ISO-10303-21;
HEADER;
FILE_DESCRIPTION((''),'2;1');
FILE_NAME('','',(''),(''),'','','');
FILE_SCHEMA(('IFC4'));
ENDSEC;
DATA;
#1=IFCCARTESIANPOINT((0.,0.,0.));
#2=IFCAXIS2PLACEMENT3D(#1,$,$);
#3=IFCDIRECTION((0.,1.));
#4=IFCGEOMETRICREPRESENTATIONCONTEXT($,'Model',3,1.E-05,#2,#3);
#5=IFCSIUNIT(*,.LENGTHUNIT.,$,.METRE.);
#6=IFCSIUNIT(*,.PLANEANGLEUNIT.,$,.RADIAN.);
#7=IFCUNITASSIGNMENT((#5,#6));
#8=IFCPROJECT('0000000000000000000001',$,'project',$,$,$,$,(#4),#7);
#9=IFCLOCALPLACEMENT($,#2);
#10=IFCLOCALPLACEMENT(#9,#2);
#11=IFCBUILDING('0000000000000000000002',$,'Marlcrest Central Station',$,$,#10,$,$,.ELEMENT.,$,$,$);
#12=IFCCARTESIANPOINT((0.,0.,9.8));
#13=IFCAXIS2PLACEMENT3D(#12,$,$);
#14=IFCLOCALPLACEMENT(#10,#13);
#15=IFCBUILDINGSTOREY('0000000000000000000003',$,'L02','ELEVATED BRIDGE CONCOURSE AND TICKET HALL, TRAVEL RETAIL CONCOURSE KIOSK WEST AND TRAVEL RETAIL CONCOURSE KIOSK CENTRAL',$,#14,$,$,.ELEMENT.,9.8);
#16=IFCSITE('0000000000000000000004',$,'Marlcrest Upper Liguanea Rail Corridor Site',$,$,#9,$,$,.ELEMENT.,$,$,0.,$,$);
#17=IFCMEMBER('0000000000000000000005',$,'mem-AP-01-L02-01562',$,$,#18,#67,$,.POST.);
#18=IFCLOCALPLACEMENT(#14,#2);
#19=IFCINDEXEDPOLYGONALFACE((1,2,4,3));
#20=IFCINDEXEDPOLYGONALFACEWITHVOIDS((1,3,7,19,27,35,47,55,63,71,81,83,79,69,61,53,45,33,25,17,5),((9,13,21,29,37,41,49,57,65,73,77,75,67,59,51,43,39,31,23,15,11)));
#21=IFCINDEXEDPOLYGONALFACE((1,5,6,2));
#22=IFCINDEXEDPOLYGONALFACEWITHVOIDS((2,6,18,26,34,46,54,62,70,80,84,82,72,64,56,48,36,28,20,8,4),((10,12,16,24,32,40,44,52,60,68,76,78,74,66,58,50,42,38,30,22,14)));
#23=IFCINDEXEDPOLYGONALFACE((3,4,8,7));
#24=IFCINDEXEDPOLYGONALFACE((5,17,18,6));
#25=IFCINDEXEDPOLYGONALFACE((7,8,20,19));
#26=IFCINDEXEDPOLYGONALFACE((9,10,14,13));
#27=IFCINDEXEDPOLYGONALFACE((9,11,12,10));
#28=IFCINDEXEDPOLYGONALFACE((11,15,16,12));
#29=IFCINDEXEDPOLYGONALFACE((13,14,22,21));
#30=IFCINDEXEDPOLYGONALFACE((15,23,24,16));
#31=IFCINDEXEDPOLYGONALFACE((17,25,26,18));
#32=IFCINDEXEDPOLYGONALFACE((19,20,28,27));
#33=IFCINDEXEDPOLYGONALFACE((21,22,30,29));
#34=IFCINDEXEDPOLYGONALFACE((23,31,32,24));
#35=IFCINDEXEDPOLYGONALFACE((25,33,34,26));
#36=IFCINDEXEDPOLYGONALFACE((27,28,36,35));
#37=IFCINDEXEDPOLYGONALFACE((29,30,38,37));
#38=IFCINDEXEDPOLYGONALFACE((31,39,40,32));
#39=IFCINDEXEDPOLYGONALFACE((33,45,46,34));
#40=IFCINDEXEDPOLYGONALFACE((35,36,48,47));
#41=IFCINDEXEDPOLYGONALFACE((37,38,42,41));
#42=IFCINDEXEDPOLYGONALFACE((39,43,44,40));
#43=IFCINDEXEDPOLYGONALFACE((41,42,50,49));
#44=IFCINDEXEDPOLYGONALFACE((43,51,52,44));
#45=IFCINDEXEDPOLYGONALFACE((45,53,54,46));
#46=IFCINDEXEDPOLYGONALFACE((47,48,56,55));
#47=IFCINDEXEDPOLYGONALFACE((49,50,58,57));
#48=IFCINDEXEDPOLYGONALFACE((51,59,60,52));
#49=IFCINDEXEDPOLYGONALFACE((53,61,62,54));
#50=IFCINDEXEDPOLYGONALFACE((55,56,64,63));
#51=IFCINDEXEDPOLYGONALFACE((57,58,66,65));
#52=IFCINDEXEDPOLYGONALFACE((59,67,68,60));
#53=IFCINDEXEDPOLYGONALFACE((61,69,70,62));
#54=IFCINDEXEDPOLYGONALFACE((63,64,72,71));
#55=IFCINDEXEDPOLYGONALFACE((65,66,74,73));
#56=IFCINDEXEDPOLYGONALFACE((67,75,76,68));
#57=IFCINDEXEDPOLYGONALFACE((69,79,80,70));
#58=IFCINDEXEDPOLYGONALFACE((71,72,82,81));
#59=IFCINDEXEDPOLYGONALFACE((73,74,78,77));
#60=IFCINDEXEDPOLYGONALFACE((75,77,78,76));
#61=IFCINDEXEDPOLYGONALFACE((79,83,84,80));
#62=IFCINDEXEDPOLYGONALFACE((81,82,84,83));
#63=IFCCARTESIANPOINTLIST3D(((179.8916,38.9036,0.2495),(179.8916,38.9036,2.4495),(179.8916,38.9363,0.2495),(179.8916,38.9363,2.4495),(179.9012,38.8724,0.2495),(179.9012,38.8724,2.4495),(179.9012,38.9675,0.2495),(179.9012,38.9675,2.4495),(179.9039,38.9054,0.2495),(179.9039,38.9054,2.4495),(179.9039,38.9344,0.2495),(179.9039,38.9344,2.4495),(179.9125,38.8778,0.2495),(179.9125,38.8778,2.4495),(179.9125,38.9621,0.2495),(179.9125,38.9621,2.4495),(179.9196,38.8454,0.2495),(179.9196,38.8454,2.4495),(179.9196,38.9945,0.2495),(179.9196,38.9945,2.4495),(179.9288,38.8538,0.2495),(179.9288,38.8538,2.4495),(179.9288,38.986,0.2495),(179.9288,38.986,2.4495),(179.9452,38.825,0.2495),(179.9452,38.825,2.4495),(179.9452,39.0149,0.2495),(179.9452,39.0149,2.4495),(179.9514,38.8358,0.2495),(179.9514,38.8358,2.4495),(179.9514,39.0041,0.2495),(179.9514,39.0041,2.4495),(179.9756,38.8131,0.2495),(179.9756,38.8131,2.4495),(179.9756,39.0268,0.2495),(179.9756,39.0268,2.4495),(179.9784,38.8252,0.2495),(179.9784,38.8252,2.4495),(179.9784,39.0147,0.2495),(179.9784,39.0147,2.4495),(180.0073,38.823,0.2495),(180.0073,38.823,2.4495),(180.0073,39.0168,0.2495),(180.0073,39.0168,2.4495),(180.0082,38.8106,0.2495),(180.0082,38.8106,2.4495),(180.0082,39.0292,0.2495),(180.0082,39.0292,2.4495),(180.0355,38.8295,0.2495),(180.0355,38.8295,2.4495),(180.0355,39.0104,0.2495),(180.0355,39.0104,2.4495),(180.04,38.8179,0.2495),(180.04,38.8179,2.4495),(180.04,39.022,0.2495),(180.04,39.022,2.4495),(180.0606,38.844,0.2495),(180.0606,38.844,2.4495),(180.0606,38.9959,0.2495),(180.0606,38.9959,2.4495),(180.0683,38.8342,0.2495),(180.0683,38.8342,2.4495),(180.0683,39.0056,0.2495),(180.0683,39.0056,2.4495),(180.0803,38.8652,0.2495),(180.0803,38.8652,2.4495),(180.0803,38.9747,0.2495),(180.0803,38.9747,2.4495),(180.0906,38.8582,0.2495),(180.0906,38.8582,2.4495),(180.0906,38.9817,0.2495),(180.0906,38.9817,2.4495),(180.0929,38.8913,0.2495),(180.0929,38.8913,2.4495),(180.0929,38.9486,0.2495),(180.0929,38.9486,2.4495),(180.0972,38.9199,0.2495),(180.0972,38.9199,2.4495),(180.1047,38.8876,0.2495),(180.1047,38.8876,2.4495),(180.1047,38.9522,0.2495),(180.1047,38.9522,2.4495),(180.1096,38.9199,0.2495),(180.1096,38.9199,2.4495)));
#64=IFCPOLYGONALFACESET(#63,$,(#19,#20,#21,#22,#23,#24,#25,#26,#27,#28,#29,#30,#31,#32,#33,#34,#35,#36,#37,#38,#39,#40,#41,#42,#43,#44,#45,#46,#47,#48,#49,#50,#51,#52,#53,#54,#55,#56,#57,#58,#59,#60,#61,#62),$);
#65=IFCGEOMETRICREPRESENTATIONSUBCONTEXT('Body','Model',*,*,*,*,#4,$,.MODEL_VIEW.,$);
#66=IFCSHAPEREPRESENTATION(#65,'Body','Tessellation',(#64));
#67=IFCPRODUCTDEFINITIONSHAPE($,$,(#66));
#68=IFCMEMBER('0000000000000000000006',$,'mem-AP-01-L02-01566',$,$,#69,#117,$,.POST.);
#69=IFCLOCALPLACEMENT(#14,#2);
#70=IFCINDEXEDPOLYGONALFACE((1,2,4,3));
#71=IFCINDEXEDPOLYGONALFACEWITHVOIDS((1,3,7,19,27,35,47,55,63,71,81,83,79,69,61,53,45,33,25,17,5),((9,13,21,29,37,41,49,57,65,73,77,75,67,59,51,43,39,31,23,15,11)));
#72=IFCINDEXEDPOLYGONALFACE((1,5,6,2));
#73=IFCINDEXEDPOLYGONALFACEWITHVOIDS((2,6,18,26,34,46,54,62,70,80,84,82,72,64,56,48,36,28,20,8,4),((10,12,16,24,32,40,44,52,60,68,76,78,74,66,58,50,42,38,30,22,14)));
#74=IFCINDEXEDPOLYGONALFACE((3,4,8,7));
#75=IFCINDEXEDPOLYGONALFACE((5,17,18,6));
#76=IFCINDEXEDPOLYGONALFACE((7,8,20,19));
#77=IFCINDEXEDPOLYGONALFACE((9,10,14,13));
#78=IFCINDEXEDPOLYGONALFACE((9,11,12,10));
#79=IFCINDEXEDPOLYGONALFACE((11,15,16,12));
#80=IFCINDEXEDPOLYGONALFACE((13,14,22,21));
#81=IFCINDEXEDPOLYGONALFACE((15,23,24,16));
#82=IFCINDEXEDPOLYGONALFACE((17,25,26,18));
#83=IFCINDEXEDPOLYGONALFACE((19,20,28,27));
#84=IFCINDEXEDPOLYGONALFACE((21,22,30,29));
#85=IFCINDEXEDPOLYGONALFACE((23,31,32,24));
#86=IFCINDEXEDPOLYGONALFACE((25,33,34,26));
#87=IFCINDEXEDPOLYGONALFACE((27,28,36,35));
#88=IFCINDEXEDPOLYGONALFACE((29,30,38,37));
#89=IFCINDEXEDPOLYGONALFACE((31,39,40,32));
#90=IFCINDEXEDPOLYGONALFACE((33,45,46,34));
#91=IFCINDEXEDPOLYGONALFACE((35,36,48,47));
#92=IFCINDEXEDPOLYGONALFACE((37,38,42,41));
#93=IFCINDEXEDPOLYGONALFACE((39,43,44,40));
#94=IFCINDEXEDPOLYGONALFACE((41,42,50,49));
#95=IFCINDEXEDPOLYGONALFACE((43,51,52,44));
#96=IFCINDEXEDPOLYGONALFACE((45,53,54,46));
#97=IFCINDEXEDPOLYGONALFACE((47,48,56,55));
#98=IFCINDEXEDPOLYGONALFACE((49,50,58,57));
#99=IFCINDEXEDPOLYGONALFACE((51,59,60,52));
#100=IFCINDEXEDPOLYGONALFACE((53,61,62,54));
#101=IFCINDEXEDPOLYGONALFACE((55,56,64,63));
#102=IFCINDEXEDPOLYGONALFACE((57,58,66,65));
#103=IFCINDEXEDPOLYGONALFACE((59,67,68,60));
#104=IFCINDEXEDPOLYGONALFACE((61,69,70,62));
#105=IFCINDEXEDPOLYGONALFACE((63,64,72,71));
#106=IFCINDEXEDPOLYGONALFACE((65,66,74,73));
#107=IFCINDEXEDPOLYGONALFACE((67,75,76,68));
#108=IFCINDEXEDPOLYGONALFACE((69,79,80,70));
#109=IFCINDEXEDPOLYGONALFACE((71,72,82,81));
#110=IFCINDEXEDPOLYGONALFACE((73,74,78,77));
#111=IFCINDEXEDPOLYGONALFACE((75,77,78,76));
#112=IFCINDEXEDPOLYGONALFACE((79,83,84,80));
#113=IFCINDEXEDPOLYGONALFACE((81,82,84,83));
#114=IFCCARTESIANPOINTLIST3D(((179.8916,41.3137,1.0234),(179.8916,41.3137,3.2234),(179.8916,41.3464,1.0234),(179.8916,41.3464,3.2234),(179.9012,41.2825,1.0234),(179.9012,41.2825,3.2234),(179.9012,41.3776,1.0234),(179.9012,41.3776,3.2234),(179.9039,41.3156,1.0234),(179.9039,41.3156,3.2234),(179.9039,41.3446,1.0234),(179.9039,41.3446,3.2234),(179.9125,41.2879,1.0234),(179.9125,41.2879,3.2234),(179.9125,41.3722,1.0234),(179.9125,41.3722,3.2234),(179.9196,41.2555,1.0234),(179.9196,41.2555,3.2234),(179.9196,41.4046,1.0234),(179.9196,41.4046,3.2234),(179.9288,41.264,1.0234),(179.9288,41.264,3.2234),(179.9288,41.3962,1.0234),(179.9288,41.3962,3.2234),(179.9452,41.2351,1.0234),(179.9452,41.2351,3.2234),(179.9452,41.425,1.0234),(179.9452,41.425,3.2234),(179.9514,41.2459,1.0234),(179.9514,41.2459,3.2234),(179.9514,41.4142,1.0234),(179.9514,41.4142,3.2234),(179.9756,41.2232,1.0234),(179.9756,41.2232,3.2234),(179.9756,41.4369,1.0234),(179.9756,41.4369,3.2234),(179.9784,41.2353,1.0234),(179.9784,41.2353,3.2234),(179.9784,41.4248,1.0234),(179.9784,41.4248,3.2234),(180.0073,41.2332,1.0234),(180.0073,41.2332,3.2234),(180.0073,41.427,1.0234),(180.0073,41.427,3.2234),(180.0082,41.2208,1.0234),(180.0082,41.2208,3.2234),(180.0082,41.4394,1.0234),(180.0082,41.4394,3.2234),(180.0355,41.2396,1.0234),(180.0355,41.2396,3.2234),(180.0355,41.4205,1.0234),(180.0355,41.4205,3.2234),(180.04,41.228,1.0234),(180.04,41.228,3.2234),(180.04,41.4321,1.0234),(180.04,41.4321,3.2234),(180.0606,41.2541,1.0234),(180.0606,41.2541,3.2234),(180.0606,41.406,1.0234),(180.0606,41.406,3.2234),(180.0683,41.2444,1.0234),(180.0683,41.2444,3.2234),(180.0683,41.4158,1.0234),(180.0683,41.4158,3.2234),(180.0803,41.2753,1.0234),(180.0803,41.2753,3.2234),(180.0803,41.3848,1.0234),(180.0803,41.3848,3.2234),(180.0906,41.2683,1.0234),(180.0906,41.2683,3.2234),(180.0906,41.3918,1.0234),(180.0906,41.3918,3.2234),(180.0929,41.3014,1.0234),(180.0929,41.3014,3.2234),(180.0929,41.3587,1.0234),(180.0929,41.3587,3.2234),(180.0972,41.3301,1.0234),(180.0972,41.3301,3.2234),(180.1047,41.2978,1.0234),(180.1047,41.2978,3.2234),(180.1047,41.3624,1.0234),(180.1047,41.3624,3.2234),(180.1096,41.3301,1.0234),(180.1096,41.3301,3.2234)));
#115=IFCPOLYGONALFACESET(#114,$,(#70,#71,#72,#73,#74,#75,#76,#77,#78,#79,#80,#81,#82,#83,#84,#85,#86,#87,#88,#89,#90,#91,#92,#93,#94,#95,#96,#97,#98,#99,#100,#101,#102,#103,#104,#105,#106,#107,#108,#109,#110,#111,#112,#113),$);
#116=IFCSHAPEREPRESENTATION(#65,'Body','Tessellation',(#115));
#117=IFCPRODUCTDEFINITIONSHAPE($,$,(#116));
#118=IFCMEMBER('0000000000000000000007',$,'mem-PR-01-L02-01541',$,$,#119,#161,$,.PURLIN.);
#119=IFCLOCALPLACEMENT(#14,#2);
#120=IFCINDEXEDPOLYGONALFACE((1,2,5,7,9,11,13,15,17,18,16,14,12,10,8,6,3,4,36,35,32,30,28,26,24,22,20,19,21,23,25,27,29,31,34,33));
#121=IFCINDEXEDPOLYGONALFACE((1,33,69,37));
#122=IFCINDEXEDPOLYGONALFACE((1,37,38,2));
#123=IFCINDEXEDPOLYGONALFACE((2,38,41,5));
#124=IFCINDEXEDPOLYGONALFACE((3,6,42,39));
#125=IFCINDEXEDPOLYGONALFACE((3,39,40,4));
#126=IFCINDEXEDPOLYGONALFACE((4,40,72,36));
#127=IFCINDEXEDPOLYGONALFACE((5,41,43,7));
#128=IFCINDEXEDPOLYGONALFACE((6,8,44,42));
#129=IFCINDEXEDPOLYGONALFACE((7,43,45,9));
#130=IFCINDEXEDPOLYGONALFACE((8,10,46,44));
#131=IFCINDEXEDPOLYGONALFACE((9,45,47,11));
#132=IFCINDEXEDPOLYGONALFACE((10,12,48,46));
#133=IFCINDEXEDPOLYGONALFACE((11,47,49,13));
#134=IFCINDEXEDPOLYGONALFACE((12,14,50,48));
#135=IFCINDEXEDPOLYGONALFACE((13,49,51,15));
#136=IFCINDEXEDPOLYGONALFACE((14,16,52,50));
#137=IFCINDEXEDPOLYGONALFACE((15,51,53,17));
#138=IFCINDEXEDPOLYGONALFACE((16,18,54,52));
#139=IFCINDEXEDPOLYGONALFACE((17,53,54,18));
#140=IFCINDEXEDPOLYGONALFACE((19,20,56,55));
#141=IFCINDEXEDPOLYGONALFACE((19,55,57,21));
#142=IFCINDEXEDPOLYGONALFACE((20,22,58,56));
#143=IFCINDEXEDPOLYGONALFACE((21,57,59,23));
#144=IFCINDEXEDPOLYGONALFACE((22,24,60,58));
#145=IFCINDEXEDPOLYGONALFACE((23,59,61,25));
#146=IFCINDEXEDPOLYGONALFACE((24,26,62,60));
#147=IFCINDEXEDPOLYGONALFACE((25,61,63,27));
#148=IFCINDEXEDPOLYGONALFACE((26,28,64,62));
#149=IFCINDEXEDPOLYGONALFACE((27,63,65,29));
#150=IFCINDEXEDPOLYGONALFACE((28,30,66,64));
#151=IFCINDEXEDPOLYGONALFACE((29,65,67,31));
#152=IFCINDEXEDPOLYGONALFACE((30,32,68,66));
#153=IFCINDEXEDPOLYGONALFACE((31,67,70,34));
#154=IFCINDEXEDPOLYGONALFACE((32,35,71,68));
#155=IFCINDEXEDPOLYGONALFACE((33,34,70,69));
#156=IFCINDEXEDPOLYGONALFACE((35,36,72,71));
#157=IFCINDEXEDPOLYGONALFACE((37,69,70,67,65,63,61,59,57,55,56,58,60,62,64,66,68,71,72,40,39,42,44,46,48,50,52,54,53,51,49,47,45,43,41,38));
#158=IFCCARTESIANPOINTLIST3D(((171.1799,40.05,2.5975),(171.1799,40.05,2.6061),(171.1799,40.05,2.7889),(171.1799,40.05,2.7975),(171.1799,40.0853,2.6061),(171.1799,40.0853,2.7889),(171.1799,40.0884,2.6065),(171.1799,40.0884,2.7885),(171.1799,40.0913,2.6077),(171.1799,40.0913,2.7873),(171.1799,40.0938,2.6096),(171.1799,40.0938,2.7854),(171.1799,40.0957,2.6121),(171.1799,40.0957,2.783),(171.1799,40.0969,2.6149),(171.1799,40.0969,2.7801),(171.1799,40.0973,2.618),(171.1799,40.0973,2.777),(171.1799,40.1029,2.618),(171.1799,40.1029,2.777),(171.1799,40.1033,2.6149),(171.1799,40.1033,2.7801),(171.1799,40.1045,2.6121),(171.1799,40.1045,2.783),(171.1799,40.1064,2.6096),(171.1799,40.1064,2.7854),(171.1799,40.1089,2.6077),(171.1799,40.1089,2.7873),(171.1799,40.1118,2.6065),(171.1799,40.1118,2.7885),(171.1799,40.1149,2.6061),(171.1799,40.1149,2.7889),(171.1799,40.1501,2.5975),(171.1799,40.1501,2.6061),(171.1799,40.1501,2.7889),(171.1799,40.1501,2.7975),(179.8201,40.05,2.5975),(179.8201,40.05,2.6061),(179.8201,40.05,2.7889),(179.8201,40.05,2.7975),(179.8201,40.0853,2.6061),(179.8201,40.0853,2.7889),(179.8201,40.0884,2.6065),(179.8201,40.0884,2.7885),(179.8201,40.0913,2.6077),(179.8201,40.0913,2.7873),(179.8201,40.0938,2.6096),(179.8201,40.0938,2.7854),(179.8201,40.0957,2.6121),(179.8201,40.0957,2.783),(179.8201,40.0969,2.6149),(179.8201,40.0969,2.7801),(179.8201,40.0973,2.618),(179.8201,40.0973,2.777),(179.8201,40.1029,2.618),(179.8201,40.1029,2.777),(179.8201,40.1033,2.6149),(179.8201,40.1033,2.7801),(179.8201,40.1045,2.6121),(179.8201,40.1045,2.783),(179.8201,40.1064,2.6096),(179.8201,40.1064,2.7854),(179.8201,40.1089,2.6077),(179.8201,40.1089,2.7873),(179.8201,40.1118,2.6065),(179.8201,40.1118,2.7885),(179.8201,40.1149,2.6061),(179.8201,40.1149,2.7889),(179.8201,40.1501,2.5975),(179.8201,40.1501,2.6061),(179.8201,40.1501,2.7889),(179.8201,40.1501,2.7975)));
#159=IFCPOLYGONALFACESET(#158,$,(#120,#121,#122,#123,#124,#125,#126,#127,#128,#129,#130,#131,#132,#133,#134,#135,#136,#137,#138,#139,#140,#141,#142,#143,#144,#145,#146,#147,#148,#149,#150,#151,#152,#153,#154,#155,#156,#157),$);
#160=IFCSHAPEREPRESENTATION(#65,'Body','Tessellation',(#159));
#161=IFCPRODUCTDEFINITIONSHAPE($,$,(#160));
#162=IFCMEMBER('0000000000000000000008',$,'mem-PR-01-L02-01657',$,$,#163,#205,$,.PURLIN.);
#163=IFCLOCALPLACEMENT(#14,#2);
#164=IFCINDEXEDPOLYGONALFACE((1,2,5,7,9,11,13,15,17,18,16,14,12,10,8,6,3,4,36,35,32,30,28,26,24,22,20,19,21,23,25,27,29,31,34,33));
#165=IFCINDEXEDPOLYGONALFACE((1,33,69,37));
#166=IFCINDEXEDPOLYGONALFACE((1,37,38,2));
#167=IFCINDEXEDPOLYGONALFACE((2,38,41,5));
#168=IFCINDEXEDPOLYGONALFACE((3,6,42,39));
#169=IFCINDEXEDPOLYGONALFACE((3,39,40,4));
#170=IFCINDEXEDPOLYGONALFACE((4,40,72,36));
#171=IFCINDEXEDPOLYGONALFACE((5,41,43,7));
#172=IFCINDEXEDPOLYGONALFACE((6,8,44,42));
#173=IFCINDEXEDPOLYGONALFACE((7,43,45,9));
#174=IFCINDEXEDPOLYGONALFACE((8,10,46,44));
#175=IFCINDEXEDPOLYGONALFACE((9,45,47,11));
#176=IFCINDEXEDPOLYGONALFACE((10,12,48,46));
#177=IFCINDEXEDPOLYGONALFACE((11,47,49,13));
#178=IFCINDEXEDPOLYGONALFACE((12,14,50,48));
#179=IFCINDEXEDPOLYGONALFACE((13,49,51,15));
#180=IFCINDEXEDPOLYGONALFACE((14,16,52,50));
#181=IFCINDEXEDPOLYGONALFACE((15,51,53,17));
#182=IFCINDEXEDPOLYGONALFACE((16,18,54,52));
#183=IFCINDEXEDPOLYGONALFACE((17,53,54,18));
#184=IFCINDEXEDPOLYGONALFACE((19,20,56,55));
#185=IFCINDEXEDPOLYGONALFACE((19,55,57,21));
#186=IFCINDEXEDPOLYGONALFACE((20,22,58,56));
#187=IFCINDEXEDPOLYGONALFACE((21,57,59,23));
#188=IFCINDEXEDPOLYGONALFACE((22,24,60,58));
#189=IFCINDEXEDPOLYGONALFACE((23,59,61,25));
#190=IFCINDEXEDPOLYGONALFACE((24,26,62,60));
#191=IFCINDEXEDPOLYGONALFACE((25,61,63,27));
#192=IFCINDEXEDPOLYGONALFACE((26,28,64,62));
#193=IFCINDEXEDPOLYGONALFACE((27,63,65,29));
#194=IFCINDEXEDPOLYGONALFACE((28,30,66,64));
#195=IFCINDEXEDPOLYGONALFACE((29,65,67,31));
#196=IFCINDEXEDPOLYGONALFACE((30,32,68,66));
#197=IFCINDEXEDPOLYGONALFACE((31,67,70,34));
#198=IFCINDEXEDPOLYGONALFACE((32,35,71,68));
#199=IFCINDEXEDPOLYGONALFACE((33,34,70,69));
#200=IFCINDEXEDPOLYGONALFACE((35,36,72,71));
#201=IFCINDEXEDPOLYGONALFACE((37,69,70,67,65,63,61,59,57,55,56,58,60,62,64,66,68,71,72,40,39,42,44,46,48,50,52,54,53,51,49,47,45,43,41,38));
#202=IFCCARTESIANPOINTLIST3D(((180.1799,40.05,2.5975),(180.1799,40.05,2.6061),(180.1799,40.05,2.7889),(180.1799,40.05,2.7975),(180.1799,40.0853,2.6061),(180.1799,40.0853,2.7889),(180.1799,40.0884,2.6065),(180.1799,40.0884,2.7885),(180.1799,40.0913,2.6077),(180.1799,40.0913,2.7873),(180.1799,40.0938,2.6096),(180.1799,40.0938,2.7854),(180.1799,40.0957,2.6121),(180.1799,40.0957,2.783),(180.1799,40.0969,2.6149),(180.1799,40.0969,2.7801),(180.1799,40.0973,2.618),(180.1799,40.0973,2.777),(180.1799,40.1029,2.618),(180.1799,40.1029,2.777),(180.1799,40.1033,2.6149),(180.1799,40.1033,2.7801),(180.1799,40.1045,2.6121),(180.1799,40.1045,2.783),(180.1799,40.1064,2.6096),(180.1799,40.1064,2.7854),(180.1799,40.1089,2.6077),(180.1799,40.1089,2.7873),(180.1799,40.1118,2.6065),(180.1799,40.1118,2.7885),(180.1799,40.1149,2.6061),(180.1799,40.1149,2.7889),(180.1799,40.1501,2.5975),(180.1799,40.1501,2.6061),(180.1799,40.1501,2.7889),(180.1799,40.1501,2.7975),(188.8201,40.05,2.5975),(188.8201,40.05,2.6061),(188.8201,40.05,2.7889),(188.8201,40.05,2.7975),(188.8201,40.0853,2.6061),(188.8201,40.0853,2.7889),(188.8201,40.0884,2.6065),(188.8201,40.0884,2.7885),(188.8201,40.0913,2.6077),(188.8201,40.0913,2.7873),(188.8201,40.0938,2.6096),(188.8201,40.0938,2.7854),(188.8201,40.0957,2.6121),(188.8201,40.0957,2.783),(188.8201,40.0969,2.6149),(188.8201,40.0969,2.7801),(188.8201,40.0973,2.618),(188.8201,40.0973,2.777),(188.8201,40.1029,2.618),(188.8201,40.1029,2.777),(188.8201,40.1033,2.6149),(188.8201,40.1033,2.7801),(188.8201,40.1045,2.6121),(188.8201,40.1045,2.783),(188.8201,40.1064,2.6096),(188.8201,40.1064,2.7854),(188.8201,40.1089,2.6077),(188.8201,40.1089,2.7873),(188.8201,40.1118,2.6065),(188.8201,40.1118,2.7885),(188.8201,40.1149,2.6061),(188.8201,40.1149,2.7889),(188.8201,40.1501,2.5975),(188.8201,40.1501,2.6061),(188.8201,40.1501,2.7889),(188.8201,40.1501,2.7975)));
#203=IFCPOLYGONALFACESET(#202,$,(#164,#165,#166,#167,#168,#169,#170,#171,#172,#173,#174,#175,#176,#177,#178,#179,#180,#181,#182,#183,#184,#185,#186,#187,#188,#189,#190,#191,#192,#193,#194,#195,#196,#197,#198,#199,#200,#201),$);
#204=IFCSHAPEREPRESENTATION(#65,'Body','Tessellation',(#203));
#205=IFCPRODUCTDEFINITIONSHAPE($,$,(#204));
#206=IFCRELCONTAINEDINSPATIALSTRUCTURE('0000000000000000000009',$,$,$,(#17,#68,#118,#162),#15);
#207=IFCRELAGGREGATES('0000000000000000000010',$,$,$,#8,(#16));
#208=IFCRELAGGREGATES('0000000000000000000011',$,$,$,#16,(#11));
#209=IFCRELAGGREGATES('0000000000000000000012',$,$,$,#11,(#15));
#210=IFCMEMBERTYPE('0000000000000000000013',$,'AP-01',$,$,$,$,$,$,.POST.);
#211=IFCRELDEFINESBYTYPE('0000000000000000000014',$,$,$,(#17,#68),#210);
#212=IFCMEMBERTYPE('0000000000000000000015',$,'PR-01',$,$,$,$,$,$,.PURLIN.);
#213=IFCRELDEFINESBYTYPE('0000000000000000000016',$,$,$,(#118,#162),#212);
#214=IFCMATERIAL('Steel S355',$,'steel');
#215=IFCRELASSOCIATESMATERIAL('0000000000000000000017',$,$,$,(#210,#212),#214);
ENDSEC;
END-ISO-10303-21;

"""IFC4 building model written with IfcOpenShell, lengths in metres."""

from ifc_helpers import new_model, si_unit, direction, frame, origin, origin_2d, place, context, subcontext, project, spatial, hollow_circle, i_section, extrude, material, material_profile, profile_set, type_object, element, save


model = new_model("IFC4")

# Units and contexts
model_context = context("Model", 3, precision=1e-05, world=origin(), true_north=direction((0.0, 1.0)))
body_context = subcontext(model_context, "Body", "Model", "MODEL_VIEW")
ifc_project = project(units=[si_unit("LENGTHUNIT", "METRE"), si_unit("PLANEANGLEUNIT", "RADIAN")], contexts=[model_context])

# Site, building, storey
site_placement = place(None, origin())
site = spatial("IfcSite", under=ifc_project, at=site_placement, Name="Marlcrest Upper Liguanea Rail Corridor Site", CompositionType="ELEMENT", RefElevation=0.0)
building_placement = place(site_placement, origin())
building = spatial("IfcBuilding", under=site, at=building_placement, Name="Marlcrest Central Station", CompositionType="ELEMENT")
storey_placement = place(building_placement, frame((0.0, 0.0, 9.8)))
storey = spatial("IfcBuildingStorey", under=building, at=storey_placement, Name="L02", Description="ELEVATED BRIDGE CONCOURSE AND TICKET HALL, TRAVEL RETAIL CONCOURSE KIOSK WEST AND TRAVEL RETAIL CONCOURSE KIOSK CENTRAL", CompositionType="ELEMENT", Elevation=9.8)

# Members
ifc_material_1 = material(Name="Steel S355", Category="steel")
ifc_material_profile_1 = material_profile(ifc_material_1, hollow_circle(Radius=0.1096, WallThickness=0.0125, at=origin_2d()), Name="CHS 219.1x12.5")
ifc_profile_set_1 = profile_set([ifc_material_profile_1], Name="Steel S355")
member_type_1 = type_object("IfcMemberType", Name="AP-01", PredefinedType="POST", material=ifc_profile_set_1)
for number, where, z_axis, x_axis, name in (
    (1, (180.0, 38.9199, 0.2495), (0.0, 0.0, 1.0), (1.0, 0.0, 0.0), "mem-AP-01-L02-01562"),
    (2, (180.0, 41.3301, 1.0234), (0.0, 0.0, 1.0), (1.0, 0.0, 0.0), "mem-AP-01-L02-01566"),
):
    element("IfcMember", number, at=place(storey_placement, frame(where, z_axis=z_axis, x_axis=x_axis)), inside=storey, type_object=member_type_1, Name=name, PredefinedType="POST", context=body_context, shape_type="SweptSolid", body=[
        extrude(hollow_circle(Radius=0.1096, WallThickness=0.0125, at=origin_2d()), origin(), (0.0, 0.0, 1.0), 2.2),
    ])
ifc_material_profile_2 = material_profile(ifc_material_1, i_section(OverallWidth=0.1001, OverallDepth=0.2, WebThickness=0.0056, FlangeThickness=0.0085, FilletRadius=0.012, at=origin_2d()), Name="IPE 200")
ifc_profile_set_2 = profile_set([ifc_material_profile_2], Name="Steel S355")
member_type_2 = type_object("IfcMemberType", Name="PR-01", PredefinedType="PURLIN", material=ifc_profile_set_2)
for number, where, z_axis, x_axis, name in (
    (3, (171.1799, 40.1001, 2.6975), (1.0, 0.0, 0.0), (0.0, 1.0, 0.0), "mem-PR-01-L02-01541"),
    (4, (180.1799, 40.1001, 2.6975), (1.0, 0.0, 0.0), (0.0, 1.0, 0.0), "mem-PR-01-L02-01657"),
):
    element("IfcMember", number, at=place(storey_placement, frame(where, z_axis=z_axis, x_axis=x_axis)), inside=storey, type_object=member_type_2, Name=name, PredefinedType="PURLIN", context=body_context, shape_type="SweptSolid", body=[
        extrude(i_section(OverallWidth=0.1001, OverallDepth=0.2, WebThickness=0.0056, FlangeThickness=0.0085, FilletRadius=0.012, at=origin_2d()), origin(), (0.0, 0.0, 1.0), 8.6401),
    ])

save(model, "model.ifc")
